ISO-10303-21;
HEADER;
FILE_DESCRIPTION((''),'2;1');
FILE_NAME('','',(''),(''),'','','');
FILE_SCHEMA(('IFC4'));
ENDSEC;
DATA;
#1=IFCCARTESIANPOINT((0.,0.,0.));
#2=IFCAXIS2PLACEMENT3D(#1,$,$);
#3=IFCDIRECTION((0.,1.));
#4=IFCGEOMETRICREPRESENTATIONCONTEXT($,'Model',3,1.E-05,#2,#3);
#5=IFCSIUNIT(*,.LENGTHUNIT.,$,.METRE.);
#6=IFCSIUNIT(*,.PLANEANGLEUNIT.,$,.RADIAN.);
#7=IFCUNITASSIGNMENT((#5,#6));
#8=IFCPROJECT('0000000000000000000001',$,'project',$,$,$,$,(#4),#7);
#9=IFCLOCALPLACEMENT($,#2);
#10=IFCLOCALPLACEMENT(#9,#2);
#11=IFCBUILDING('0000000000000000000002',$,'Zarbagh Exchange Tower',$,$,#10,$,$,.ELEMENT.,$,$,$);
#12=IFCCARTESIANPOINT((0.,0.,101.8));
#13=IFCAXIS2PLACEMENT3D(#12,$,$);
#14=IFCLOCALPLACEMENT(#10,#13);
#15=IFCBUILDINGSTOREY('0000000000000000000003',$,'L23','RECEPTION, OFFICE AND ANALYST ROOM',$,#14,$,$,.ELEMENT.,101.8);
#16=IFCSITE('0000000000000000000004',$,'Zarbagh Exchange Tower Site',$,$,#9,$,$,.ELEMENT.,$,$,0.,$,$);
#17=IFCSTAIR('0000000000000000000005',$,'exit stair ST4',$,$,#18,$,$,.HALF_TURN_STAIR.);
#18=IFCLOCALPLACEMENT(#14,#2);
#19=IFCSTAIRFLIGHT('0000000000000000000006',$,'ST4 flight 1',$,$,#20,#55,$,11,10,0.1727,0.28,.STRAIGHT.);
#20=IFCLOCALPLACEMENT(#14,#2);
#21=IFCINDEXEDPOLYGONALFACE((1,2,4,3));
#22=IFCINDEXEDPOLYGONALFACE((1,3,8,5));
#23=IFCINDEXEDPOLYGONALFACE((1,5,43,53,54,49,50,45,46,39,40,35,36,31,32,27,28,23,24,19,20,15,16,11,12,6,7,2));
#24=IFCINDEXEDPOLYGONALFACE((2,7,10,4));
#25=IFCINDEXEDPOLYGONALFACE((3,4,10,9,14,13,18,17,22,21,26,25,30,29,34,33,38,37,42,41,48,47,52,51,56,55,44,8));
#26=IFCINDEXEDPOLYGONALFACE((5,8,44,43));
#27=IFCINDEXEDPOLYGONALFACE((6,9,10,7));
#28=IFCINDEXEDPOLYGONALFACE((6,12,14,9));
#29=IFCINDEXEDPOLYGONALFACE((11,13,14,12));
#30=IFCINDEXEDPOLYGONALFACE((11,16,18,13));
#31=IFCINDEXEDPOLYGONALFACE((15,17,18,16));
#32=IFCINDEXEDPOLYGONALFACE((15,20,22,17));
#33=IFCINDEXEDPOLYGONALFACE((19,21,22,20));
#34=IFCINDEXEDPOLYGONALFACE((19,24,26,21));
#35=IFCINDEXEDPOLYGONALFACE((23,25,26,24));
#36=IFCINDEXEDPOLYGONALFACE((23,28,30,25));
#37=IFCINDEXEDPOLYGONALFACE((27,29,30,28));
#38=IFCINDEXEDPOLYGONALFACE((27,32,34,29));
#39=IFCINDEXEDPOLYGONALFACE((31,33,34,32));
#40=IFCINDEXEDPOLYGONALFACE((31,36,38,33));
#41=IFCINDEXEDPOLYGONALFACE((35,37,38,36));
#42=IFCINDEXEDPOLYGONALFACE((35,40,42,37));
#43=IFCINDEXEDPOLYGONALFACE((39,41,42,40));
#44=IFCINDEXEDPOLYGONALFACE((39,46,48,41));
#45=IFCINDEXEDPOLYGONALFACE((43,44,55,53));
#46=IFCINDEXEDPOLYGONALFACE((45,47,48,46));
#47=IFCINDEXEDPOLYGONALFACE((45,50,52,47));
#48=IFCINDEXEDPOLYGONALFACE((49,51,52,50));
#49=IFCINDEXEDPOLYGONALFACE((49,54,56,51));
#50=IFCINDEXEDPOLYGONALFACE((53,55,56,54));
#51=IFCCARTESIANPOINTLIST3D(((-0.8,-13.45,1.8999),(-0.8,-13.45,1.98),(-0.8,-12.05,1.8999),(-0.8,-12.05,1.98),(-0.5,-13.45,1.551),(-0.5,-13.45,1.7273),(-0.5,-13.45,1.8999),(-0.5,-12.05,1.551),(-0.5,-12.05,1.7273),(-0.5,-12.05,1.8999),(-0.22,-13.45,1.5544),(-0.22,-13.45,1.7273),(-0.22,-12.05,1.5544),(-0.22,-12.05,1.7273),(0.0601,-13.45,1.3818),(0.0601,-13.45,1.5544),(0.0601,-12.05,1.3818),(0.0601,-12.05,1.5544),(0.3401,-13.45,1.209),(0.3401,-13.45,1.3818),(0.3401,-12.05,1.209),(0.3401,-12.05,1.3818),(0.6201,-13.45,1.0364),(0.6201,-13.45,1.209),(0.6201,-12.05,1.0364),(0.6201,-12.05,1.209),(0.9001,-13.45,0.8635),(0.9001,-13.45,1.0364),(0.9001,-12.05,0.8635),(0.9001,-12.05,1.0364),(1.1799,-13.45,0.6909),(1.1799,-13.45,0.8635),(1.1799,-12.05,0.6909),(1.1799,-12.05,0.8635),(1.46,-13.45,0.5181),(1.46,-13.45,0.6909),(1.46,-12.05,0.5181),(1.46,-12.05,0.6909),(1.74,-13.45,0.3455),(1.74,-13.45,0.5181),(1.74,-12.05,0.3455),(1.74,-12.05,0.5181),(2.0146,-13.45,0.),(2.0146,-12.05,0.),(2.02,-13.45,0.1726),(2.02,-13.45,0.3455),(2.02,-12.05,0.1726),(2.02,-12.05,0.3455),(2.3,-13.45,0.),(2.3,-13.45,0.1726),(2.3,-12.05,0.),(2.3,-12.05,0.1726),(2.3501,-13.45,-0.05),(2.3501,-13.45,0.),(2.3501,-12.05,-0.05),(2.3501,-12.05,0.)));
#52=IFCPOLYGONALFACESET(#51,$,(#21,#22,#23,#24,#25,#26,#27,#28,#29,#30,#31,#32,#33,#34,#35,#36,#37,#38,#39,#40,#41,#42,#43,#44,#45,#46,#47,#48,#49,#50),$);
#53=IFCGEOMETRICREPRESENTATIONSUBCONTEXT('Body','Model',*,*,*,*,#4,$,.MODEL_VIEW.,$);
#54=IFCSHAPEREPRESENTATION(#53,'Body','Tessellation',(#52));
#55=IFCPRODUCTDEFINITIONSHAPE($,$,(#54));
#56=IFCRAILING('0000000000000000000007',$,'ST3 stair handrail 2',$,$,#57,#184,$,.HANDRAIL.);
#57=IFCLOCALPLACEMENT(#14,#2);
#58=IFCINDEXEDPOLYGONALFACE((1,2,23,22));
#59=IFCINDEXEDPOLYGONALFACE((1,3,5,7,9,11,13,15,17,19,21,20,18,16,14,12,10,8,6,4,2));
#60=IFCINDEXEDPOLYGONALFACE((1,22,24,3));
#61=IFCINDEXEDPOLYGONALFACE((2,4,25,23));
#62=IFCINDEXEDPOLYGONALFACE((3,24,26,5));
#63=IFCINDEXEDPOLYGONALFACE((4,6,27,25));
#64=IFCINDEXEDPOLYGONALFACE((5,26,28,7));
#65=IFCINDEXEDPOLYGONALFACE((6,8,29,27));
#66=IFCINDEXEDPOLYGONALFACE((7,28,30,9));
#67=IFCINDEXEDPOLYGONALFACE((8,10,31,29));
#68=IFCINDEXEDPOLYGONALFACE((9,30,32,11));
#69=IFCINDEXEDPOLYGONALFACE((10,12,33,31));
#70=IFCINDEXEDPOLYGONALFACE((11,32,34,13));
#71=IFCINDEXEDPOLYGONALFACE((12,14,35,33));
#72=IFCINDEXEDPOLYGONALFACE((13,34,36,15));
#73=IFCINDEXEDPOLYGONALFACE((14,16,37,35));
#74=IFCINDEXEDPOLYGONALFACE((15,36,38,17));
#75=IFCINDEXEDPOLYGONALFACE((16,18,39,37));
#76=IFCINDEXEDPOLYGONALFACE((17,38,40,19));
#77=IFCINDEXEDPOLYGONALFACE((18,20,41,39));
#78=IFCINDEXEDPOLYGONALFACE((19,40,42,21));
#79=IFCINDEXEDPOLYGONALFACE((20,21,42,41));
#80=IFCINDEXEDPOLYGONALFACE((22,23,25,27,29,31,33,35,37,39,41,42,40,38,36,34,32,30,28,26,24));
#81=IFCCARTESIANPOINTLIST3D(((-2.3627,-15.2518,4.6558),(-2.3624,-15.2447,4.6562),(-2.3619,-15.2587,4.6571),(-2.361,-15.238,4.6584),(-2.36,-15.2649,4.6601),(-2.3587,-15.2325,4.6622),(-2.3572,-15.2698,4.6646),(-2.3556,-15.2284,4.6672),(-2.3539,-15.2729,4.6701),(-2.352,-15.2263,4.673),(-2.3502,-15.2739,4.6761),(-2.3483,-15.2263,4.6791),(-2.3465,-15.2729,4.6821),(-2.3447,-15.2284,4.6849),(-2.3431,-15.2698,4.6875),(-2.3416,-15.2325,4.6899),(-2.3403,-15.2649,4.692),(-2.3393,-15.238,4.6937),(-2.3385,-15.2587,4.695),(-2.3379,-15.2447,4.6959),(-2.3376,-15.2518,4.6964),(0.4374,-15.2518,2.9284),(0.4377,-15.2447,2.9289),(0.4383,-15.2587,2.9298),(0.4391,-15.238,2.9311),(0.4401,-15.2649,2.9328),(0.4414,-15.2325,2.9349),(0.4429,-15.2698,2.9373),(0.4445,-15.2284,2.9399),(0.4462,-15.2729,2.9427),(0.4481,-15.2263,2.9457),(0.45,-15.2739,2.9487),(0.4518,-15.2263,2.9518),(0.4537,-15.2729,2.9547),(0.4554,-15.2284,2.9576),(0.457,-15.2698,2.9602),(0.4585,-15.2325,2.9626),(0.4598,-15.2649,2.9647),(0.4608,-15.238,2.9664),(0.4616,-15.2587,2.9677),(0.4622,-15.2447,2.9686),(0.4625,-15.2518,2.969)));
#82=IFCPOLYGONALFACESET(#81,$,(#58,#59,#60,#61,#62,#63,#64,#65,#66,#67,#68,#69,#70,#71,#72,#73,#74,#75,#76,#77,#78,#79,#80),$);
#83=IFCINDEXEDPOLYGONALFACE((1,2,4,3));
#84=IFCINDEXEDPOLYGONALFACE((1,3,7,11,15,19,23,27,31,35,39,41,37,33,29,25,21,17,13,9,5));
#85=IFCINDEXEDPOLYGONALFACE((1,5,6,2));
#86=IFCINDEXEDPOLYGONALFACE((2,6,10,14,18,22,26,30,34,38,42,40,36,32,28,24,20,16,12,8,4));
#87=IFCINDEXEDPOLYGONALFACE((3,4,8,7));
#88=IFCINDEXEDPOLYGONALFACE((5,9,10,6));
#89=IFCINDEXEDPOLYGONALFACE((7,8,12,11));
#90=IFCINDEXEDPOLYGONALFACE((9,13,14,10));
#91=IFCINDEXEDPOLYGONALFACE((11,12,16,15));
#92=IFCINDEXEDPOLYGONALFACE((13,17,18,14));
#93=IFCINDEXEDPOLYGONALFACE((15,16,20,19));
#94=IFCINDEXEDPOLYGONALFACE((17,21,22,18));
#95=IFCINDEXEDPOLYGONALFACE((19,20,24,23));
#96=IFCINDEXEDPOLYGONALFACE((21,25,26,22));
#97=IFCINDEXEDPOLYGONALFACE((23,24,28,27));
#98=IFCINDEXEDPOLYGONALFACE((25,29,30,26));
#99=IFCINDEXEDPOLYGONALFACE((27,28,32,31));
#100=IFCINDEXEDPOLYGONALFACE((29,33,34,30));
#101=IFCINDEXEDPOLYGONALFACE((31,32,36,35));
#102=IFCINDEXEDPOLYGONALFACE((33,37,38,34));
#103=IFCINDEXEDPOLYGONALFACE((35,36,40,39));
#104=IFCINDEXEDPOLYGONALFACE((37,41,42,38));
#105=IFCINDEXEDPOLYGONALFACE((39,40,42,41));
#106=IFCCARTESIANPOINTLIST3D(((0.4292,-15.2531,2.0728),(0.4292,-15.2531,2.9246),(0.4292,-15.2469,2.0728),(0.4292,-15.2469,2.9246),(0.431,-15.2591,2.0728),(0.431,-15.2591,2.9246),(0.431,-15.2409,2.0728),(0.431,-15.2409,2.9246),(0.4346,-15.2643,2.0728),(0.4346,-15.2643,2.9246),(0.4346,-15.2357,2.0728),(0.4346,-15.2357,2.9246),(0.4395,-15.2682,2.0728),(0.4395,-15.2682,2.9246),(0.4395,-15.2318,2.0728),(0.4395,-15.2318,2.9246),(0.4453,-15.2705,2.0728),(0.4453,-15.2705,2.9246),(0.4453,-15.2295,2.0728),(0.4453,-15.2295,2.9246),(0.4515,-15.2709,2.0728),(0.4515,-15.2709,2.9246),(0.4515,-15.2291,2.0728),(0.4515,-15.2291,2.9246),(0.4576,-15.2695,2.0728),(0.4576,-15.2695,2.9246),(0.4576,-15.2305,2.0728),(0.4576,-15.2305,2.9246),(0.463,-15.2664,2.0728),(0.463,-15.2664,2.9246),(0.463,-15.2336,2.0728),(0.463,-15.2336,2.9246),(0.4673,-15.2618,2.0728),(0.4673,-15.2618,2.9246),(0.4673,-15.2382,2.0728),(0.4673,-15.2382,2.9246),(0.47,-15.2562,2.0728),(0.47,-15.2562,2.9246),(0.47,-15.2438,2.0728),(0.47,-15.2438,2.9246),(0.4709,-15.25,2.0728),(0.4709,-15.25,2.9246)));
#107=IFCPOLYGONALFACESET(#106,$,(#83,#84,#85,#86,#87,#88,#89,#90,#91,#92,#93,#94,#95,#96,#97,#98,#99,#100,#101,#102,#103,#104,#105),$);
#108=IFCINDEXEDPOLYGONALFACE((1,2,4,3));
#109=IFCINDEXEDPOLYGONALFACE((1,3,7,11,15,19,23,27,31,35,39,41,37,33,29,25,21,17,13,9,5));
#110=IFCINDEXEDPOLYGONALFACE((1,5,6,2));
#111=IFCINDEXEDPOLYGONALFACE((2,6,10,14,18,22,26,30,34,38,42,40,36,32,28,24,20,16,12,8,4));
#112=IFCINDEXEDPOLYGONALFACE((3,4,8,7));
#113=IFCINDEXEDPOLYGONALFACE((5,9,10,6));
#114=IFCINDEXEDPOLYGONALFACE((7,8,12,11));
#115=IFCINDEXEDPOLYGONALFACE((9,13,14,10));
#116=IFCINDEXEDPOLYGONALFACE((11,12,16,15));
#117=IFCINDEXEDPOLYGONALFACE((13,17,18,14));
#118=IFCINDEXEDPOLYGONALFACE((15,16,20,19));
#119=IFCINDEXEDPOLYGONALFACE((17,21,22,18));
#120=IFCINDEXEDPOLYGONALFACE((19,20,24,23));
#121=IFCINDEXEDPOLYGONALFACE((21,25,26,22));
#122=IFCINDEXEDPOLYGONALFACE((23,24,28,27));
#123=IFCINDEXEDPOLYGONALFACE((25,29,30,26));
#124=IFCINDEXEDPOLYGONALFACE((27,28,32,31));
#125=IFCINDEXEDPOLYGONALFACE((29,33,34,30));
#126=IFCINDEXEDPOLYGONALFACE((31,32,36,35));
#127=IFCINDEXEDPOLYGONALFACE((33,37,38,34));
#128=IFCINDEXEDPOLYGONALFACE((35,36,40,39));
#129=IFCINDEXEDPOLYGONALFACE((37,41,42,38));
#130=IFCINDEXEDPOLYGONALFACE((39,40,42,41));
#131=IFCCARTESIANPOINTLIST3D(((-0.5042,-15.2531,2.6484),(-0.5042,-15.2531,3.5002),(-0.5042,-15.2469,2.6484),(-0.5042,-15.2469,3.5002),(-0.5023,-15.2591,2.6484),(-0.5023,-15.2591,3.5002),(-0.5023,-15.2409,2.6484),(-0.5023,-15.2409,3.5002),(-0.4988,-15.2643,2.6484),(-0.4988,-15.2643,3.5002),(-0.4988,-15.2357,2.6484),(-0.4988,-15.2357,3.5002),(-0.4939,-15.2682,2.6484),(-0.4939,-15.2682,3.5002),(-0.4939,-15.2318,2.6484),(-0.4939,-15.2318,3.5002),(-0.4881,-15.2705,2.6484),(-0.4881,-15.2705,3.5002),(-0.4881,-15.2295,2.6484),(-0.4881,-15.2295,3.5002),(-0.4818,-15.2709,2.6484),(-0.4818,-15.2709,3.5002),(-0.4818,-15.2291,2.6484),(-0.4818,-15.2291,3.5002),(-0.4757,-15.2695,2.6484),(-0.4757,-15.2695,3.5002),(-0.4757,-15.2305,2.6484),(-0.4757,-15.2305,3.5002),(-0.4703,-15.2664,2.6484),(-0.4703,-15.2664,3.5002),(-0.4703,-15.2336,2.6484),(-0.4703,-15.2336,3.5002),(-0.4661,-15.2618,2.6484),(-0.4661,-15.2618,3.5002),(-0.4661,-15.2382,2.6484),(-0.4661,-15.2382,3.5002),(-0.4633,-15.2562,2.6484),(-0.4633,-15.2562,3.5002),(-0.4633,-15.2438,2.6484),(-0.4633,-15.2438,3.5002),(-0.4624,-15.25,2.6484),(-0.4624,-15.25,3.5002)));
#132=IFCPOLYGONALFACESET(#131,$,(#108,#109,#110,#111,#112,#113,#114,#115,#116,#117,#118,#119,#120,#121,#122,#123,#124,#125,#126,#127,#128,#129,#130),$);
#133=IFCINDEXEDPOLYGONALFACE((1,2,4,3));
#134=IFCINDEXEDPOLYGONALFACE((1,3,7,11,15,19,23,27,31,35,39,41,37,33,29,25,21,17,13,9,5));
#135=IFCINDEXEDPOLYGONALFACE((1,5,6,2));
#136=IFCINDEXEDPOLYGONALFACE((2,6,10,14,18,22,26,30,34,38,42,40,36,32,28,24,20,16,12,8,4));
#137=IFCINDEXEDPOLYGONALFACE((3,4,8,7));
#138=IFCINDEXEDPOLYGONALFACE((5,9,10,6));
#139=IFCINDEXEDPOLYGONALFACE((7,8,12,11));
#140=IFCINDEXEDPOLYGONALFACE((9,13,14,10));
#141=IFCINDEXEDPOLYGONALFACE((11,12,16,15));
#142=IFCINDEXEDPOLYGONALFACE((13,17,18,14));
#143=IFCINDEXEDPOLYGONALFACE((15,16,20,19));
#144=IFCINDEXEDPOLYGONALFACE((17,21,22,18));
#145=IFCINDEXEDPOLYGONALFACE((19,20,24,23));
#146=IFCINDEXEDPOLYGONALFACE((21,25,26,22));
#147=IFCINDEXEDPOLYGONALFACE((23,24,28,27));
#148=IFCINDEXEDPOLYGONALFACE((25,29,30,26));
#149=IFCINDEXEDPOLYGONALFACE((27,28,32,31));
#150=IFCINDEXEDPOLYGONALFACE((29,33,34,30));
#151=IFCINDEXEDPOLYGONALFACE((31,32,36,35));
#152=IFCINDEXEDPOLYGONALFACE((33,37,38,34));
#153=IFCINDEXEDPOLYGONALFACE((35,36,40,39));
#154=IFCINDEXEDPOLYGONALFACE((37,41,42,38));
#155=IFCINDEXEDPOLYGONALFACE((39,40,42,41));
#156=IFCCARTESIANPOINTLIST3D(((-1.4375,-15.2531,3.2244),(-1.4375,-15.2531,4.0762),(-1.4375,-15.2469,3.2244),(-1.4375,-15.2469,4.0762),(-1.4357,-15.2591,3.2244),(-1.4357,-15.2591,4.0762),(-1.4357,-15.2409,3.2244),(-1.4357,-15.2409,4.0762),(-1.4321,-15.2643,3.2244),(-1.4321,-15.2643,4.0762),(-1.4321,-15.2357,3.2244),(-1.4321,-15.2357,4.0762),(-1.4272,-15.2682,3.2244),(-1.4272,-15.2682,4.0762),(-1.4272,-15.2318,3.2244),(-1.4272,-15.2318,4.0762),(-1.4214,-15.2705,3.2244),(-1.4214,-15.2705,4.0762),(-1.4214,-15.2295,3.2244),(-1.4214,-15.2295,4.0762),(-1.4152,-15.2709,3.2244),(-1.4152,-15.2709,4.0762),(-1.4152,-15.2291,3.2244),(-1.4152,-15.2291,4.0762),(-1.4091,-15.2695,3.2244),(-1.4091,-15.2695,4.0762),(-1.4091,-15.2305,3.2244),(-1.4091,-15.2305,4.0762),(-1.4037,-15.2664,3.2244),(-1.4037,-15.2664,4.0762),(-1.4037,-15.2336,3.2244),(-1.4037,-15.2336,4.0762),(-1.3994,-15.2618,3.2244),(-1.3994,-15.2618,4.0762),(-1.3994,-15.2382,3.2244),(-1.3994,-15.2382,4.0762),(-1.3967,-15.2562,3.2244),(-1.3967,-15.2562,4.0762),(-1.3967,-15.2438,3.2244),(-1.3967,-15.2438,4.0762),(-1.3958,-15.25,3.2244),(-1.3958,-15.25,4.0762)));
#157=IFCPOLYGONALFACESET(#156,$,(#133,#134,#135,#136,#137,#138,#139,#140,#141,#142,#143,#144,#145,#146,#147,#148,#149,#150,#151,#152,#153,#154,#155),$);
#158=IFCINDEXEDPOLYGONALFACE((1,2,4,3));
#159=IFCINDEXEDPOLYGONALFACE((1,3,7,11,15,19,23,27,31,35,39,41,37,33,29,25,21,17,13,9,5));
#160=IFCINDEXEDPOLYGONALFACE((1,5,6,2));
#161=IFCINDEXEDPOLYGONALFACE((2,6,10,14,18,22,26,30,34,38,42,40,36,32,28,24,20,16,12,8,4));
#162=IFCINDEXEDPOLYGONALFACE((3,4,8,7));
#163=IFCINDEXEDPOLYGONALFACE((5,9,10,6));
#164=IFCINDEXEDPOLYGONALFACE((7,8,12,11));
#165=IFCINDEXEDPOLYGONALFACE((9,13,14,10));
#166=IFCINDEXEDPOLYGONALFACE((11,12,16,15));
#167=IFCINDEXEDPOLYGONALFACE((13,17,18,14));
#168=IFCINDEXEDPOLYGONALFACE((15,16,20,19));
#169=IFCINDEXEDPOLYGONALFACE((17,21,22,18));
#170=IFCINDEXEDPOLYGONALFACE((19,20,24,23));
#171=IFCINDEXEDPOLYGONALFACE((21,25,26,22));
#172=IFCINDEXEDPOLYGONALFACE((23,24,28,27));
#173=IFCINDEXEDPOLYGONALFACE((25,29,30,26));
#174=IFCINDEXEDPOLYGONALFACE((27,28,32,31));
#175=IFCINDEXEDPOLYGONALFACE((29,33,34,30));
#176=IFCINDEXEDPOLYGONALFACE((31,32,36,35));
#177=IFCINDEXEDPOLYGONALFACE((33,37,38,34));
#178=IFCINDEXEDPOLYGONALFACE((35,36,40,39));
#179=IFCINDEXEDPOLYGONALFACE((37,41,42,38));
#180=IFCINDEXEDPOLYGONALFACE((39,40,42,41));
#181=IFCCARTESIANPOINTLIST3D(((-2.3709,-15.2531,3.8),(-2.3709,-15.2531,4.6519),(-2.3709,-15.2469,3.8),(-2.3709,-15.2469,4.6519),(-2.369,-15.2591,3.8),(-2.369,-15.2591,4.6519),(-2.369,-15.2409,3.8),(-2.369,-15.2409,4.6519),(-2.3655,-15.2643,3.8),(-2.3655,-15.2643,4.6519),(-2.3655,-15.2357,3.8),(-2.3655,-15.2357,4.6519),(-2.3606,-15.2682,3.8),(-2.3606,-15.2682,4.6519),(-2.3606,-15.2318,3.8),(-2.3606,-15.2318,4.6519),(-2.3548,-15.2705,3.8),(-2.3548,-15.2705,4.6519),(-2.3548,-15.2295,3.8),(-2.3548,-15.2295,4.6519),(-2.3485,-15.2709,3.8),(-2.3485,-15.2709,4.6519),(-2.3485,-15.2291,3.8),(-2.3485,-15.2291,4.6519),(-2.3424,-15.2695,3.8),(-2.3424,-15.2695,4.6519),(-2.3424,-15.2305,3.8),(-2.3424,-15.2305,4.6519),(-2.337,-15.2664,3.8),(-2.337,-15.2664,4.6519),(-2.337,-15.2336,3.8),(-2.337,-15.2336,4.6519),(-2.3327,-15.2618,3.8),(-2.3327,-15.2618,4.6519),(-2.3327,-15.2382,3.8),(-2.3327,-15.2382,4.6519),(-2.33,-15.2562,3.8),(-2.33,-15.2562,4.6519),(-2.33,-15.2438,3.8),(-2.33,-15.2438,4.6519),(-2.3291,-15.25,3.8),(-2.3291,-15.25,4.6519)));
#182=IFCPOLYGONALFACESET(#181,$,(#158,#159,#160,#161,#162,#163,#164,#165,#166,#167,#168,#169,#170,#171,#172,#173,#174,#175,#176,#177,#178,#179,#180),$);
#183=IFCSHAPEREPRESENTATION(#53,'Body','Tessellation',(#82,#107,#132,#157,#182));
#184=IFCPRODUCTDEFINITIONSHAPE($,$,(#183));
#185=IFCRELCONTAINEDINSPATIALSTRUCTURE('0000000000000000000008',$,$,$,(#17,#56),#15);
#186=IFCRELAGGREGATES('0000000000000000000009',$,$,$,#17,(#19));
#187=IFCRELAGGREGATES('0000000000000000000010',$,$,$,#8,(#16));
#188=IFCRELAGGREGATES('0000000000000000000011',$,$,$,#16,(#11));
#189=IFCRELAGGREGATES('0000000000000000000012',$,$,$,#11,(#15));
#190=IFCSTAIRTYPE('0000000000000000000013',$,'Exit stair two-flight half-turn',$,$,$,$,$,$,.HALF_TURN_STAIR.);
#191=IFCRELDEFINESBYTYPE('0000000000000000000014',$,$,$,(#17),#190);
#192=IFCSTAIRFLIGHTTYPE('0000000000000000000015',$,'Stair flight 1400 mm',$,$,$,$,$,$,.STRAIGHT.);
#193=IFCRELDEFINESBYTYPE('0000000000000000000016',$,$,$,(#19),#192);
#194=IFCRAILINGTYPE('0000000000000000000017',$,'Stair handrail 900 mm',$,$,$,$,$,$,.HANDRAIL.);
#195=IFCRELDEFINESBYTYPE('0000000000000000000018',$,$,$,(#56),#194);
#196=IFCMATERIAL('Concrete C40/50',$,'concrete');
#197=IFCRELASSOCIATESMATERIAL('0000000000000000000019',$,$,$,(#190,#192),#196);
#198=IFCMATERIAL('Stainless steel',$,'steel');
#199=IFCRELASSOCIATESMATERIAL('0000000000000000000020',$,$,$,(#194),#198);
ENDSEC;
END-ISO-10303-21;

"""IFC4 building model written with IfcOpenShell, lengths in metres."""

from ifc_helpers import new_model, si_unit, direction, frame, origin, origin_2d, place, context, subcontext, project, spatial, polyline, circle, outline, extrude, material, type_object, element, aggregate, save


model = new_model("IFC4")

# Units and contexts
model_context = context("Model", 3, precision=1e-05, world=origin(), true_north=direction((0.0, 1.0)))
body_context = subcontext(model_context, "Body", "Model", "MODEL_VIEW")
ifc_project = project(units=[si_unit("LENGTHUNIT", "METRE"), si_unit("PLANEANGLEUNIT", "RADIAN")], contexts=[model_context])

# Site, building, storey
site_placement = place(None, origin())
site = spatial("IfcSite", under=ifc_project, at=site_placement, Name="Zarbagh Exchange Tower Site", CompositionType="ELEMENT", RefElevation=0.0)
building_placement = place(site_placement, origin())
building = spatial("IfcBuilding", under=site, at=building_placement, Name="Zarbagh Exchange Tower", CompositionType="ELEMENT")
storey_placement = place(building_placement, frame((0.0, 0.0, 101.8)))
storey = spatial("IfcBuildingStorey", under=building, at=storey_placement, Name="L23", Description="RECEPTION, OFFICE AND ANALYST ROOM", CompositionType="ELEMENT", Elevation=101.8)

# Shared definitions
ifc_material_1 = material(Name="Concrete C40/50", Category="concrete")

# Stair, stair flight
stair_type = type_object("IfcStairType", Name="Exit stair two-flight half-turn", PredefinedType="HALF_TURN_STAIR", material=ifc_material_1)
stair_1_placement = place(storey_placement, origin())
stair_1 = element("IfcStair", 1, at=stair_1_placement, inside=storey, type_object=stair_type, Name="exit stair ST4", PredefinedType="HALF_TURN_STAIR")
stair_flight_type_1 = type_object("IfcStairFlightType", Name="Stair flight 1400 mm", PredefinedType="STRAIGHT", material=ifc_material_1)
stair_flight_1_placement = place(storey_placement, frame((2.3, -12.75, 0.0), z_axis=(0.0, 0.0, 1.0), x_axis=(-1.0, 0.0, 0.0)))
stair_flight_1 = element("IfcStairFlight", 2, at=stair_flight_1_placement, type_object=stair_flight_type_1, Name="ST4 flight 1", NumberOfRisers=11, NumberOfTreads=10, PredefinedType="STRAIGHT", RiserHeight=0.1727, TreadLength=0.28, context=body_context, shape_type="SweptSolid", body=[
    extrude(outline(polyline([(-0.05, -0.05), (-0.05, 0.0), (0.0, 0.0), (0.0, 0.1726), (0.28, 0.1726), (0.28, 0.3455), (0.5601, 0.3455), (0.5601, 0.5181), (0.8401, 0.5181), (0.8401, 0.6909), (1.1201, 0.6909), (1.1201, 0.8635), (1.3999, 0.8635), (1.3999, 1.0364), (1.6799, 1.0364), (1.6799, 1.209), (1.96, 1.209), (1.96, 1.3818), (2.24, 1.3818), (2.24, 1.5544), (2.52, 1.5544), (2.52, 1.7273), (2.8, 1.7273), (2.8, 1.8999), (3.1001, 1.98), (3.1001, 1.8999), (2.8, 1.551), (0.2854, 0.0), (-0.05, -0.05)])), frame((0.0, 0.7, 0.0), z_axis=(0.0, -1.0, 0.0), x_axis=(1.0, 0.0, 0.0)), (0.0, 0.0, 1.0), 1.3999),
])
aggregate(stair_1, [stair_flight_1])

# Railing
ifc_material_2 = material(Name="Stainless steel", Category="steel")
railing_type_1 = type_object("IfcRailingType", Name="Stair handrail 900 mm", PredefinedType="HANDRAIL", material=ifc_material_2)
for number, where, name in (
    (3, (0.45, -15.25, 2.0728), "ST3 stair handrail 2"),
):
    element("IfcRailing", number, at=place(storey_placement, frame(where)), inside=storey, type_object=railing_type_1, Name=name, PredefinedType="HANDRAIL", context=body_context, shape_type="SweptSolid", body=[
        extrude(circle(Radius=0.0239, at=origin_2d()), frame((0.0, 0.0, 0.876), z_axis=(-0.85109, 0.0, 0.52502), x_axis=(0.0, -1.0, 0.0)), (0.0, 0.0, 1.0), 3.29),
        extrude(circle(Radius=0.021, at=origin_2d()), origin(), (0.0, 0.0, 1.0), 0.8518),
        extrude(circle(Radius=0.021, at=origin_2d()), frame((-0.9333, 0.0, 0.5757)), (0.0, 0.0, 1.0), 0.8518),
        extrude(circle(Radius=0.021, at=origin_2d()), frame((-1.8667, 0.0, 1.1516)), (0.0, 0.0, 1.0), 0.8518),
        extrude(circle(Radius=0.021, at=origin_2d()), frame((-2.8, 0.0, 1.7273)), (0.0, 0.0, 1.0), 0.8518),
    ])

save(model, "model.ifc")
